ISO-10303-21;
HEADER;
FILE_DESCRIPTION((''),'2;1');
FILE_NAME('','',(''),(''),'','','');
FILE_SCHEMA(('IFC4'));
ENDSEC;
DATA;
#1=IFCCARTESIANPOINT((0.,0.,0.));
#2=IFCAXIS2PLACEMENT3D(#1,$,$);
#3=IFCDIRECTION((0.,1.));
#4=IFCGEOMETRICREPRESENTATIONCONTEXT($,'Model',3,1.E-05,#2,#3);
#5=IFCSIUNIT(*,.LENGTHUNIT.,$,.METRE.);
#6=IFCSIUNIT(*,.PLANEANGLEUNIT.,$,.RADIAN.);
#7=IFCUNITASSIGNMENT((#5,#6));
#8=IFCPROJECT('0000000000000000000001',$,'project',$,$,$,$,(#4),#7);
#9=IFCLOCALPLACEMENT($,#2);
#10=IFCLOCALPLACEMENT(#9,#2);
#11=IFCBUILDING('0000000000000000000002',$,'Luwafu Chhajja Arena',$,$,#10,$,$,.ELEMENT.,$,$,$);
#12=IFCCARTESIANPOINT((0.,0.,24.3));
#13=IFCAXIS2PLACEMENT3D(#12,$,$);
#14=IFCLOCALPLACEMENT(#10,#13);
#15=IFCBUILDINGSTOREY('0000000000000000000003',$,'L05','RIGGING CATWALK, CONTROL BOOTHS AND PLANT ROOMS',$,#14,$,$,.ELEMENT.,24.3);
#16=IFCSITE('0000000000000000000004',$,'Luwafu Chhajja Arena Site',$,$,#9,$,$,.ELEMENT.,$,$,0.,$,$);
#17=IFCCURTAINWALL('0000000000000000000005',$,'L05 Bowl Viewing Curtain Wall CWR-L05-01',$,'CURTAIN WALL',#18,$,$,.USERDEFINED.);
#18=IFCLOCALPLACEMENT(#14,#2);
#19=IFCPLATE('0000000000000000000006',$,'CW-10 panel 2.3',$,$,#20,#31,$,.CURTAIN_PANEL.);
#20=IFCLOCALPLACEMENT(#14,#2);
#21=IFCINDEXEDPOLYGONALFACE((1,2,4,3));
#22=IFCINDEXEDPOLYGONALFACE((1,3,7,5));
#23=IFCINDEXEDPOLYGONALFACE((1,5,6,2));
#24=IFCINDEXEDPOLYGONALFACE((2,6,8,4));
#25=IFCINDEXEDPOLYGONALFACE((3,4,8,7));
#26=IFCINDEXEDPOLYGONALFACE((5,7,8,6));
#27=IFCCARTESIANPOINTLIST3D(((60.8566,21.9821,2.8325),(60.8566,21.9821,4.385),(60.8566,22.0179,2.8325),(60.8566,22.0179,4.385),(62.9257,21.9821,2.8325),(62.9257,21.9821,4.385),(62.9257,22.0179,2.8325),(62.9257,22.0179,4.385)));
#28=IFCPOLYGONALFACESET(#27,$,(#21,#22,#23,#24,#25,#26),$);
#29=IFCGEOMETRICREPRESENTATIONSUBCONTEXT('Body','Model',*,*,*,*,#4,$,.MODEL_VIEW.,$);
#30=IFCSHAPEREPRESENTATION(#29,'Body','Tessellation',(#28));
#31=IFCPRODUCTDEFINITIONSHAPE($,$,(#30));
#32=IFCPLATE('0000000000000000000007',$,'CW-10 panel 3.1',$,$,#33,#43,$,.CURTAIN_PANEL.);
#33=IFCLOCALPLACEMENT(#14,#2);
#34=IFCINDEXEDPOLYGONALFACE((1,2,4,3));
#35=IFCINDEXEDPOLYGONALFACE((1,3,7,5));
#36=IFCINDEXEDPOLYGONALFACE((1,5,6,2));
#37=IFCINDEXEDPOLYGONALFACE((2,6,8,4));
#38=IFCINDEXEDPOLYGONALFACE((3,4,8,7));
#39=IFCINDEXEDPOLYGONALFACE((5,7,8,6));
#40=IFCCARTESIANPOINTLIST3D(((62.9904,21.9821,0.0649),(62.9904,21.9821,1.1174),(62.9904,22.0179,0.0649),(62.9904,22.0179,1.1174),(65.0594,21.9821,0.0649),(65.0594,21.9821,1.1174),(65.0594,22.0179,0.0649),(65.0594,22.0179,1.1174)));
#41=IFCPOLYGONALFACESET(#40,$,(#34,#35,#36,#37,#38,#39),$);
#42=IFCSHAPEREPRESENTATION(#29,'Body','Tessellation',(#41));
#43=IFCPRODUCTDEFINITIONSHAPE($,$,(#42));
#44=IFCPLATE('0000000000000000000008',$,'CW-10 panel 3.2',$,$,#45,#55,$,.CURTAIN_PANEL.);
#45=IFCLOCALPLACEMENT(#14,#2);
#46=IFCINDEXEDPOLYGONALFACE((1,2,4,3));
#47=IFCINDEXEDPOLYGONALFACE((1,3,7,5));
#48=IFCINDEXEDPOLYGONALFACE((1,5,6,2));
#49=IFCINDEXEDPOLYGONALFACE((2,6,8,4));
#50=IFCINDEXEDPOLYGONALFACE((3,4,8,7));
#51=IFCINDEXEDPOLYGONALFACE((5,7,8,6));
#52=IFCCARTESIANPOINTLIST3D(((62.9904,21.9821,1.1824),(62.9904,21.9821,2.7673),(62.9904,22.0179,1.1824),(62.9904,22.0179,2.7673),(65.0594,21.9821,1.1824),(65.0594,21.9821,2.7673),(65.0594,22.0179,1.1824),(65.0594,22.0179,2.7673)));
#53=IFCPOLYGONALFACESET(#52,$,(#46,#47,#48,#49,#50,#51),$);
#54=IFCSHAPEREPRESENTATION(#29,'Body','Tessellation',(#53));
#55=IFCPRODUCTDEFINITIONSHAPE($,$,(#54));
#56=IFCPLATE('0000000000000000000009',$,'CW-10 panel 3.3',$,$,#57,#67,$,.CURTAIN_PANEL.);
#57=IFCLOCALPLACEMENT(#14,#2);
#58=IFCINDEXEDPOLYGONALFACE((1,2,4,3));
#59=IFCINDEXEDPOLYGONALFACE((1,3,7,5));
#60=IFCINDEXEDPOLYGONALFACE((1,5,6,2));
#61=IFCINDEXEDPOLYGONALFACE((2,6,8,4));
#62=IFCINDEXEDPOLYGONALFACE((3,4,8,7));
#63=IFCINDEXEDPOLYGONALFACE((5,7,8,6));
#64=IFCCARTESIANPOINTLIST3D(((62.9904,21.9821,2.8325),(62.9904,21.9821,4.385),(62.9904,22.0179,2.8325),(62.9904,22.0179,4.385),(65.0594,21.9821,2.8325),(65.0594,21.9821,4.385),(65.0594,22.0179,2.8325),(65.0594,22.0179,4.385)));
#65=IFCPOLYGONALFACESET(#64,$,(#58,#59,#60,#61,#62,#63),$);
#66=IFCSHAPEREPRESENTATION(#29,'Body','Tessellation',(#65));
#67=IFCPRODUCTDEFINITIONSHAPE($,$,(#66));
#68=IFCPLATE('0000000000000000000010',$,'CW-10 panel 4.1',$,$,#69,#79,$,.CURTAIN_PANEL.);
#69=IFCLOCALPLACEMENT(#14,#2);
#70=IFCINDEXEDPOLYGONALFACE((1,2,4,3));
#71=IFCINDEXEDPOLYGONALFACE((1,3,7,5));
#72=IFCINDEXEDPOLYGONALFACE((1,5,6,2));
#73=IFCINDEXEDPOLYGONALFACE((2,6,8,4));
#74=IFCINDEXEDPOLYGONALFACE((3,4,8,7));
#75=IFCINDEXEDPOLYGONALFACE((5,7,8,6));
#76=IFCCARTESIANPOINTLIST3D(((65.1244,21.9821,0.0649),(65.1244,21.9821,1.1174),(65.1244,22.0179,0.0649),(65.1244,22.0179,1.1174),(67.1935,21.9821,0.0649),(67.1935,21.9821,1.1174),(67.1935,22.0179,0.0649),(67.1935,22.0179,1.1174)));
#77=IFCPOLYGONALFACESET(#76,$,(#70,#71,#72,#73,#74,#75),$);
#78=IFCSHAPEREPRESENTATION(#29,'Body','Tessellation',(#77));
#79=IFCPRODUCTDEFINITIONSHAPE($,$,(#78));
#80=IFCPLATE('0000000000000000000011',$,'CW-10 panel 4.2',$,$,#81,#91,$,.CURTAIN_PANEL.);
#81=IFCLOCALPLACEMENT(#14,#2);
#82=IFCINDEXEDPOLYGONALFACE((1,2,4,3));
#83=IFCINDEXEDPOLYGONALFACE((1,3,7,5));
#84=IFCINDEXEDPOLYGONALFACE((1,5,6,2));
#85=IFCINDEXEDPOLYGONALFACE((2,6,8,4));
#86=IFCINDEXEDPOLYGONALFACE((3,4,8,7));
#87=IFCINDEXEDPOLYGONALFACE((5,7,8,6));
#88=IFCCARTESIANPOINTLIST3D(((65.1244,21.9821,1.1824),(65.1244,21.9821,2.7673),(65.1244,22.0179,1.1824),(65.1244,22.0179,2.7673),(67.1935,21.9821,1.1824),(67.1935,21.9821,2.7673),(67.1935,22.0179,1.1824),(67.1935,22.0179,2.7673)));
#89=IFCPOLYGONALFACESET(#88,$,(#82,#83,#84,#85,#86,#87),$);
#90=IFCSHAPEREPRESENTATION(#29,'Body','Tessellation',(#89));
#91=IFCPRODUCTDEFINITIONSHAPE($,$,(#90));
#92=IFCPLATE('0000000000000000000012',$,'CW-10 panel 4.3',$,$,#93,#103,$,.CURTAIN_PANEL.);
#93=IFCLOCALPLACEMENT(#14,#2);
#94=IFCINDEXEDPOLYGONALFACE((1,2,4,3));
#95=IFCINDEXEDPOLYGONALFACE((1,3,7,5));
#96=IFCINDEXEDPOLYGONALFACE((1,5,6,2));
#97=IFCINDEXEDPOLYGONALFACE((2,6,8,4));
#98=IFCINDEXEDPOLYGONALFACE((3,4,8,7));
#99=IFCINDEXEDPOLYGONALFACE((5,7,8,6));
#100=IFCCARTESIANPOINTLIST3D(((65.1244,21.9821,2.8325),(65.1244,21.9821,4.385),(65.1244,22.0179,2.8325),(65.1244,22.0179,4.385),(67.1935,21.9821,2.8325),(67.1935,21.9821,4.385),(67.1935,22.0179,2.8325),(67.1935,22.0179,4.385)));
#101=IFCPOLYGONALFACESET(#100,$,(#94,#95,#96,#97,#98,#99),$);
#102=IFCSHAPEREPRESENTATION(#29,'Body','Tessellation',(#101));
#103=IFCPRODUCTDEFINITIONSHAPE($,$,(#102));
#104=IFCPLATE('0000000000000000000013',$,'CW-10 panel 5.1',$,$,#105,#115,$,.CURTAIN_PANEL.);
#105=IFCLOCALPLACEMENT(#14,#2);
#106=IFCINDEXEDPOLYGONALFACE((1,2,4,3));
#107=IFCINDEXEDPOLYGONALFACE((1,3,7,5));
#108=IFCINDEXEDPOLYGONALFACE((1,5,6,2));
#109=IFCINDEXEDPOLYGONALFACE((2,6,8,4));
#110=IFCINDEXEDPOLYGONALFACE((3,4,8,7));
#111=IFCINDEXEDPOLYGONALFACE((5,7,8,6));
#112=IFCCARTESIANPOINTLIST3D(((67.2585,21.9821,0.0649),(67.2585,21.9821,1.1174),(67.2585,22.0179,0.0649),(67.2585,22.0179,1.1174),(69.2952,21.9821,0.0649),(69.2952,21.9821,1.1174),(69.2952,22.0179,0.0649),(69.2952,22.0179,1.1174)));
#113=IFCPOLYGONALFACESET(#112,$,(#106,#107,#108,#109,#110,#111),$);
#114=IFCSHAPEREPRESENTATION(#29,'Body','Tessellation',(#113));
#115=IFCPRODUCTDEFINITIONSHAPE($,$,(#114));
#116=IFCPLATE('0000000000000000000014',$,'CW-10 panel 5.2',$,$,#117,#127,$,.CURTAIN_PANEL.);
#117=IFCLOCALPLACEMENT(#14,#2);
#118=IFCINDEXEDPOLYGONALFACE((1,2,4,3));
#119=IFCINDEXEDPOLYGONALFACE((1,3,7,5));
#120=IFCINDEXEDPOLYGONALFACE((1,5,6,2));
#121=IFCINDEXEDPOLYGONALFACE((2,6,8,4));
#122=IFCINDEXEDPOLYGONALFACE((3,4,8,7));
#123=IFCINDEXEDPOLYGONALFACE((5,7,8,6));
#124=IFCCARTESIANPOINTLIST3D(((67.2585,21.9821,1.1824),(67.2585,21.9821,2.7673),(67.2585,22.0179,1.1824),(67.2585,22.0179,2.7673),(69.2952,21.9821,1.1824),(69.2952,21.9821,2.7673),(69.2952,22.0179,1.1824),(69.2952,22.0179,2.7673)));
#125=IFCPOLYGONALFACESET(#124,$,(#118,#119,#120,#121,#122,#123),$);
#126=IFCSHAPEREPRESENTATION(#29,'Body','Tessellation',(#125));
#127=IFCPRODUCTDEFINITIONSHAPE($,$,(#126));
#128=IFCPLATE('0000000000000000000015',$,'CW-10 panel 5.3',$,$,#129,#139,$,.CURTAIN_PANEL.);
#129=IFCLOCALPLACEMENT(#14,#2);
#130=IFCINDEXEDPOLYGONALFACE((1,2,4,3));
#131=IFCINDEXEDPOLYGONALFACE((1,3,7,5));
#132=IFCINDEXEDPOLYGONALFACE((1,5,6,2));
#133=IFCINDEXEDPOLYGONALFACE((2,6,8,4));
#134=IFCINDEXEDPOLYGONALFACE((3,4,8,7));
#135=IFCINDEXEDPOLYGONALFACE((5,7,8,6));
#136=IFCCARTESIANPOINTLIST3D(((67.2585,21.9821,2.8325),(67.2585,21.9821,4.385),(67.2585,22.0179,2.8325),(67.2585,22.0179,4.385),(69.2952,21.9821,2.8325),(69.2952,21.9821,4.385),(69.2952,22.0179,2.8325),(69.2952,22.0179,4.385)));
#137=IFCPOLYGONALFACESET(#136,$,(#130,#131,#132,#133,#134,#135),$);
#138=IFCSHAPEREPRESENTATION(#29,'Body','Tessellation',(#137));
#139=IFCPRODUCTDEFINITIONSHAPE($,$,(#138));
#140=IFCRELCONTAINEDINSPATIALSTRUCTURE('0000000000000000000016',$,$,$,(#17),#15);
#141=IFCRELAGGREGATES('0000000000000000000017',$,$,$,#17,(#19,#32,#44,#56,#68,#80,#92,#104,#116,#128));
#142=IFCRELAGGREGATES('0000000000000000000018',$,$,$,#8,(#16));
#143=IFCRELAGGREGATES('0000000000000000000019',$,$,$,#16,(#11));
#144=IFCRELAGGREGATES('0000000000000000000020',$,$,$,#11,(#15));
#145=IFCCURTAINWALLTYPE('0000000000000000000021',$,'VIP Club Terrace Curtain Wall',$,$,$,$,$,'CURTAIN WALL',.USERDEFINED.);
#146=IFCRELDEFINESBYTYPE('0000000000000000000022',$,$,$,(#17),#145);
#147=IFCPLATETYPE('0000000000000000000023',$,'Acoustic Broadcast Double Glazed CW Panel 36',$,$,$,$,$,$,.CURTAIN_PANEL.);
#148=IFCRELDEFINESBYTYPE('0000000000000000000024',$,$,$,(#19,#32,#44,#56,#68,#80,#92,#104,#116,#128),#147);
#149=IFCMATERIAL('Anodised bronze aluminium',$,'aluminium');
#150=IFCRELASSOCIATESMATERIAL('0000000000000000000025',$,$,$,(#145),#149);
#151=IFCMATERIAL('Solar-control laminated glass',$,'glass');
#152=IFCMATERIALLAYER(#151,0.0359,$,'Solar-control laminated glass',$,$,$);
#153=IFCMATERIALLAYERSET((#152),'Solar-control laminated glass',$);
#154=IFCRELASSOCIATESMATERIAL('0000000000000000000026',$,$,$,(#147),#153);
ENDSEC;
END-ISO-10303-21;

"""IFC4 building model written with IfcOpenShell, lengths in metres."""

from ifc_helpers import new_model, si_unit, direction, frame, origin, origin_2d, place, context, subcontext, project, spatial, rectangle, extrude, material, layer, layer_set, type_object, element, aggregate, save


model = new_model("IFC4")

# Units and contexts
model_context = context("Model", 3, precision=1e-05, world=origin(), true_north=direction((0.0, 1.0)))
body_context = subcontext(model_context, "Body", "Model", "MODEL_VIEW")
ifc_project = project(units=[si_unit("LENGTHUNIT", "METRE"), si_unit("PLANEANGLEUNIT", "RADIAN")], contexts=[model_context])

# Site, building, storey
site_placement = place(None, origin())
site = spatial("IfcSite", under=ifc_project, at=site_placement, Name="Luwafu Chhajja Arena Site", CompositionType="ELEMENT", RefElevation=0.0)
building_placement = place(site_placement, origin())
building = spatial("IfcBuilding", under=site, at=building_placement, Name="Luwafu Chhajja Arena", CompositionType="ELEMENT")
storey_placement = place(building_placement, frame((0.0, 0.0, 24.3)))
storey = spatial("IfcBuildingStorey", under=building, at=storey_placement, Name="L05", Description="RIGGING CATWALK, CONTROL BOOTHS AND PLANT ROOMS", CompositionType="ELEMENT", Elevation=24.3)

# Curtain wall, plates
ifc_material_1 = material(Name="Anodised bronze aluminium", Category="aluminium")
curtain_wall_type = type_object("IfcCurtainWallType", Name="VIP Club Terrace Curtain Wall", ElementType="CURTAIN WALL", PredefinedType="USERDEFINED", material=ifc_material_1)
curtain_wall_placement = place(storey_placement, origin())
curtain_wall = element("IfcCurtainWall", 1, at=curtain_wall_placement, inside=storey, type_object=curtain_wall_type, Name="L05 Bowl Viewing Curtain Wall CWR-L05-01", ObjectType="CURTAIN WALL", PredefinedType="USERDEFINED")
ifc_material_2 = material(Name="Solar-control laminated glass", Category="glass")
ifc_layer = layer(ifc_material_2, 0.0359, Name="Solar-control laminated glass")
ifc_layer_set = layer_set([ifc_layer], Name="Solar-control laminated glass")
plate_type = type_object("IfcPlateType", Name="Acoustic Broadcast Double Glazed CW Panel 36", PredefinedType="CURTAIN_PANEL", material=ifc_layer_set)
plate_1_placement = place(storey_placement, frame((61.8911, 22.0, 2.8325), z_axis=(0.0, 0.0, 1.0), x_axis=(1.0, 0.0, 0.0)))
plate_1 = element("IfcPlate", 2, at=plate_1_placement, type_object=plate_type, Name="CW-10 panel 2.3", PredefinedType="CURTAIN_PANEL", context=body_context, shape_type="SweptSolid", body=[
    extrude(rectangle(XDim=2.0691, YDim=0.0359, at=origin_2d()), origin(), (0.0, 0.0, 1.0), 1.5525),
])
plate_2_placement = place(storey_placement, frame((64.0249, 22.0, 0.0649), z_axis=(0.0, 0.0, 1.0), x_axis=(1.0, 0.0, 0.0)))
plate_2 = element("IfcPlate", 3, at=plate_2_placement, type_object=plate_type, Name="CW-10 panel 3.1", PredefinedType="CURTAIN_PANEL", context=body_context, shape_type="SweptSolid", body=[
    extrude(rectangle(XDim=2.0691, YDim=0.0359, at=origin_2d()), origin(), (0.0, 0.0, 1.0), 1.0525),
])
plate_3_placement = place(storey_placement, frame((64.0249, 22.0, 1.1824), z_axis=(0.0, 0.0, 1.0), x_axis=(1.0, 0.0, 0.0)))
plate_3 = element("IfcPlate", 4, at=plate_3_placement, type_object=plate_type, Name="CW-10 panel 3.2", PredefinedType="CURTAIN_PANEL", context=body_context, shape_type="SweptSolid", body=[
    extrude(rectangle(XDim=2.0691, YDim=0.0359, at=origin_2d()), origin(), (0.0, 0.0, 1.0), 1.585),
])
plate_4_placement = place(storey_placement, frame((64.0249, 22.0, 2.8325), z_axis=(0.0, 0.0, 1.0), x_axis=(1.0, 0.0, 0.0)))
plate_4 = element("IfcPlate", 5, at=plate_4_placement, type_object=plate_type, Name="CW-10 panel 3.3", PredefinedType="CURTAIN_PANEL", context=body_context, shape_type="SweptSolid", body=[
    extrude(rectangle(XDim=2.0691, YDim=0.0359, at=origin_2d()), origin(), (0.0, 0.0, 1.0), 1.5525),
])
plate_5_placement = place(storey_placement, frame((66.1589, 22.0, 0.0649), z_axis=(0.0, 0.0, 1.0), x_axis=(1.0, 0.0, 0.0)))
plate_5 = element("IfcPlate", 6, at=plate_5_placement, type_object=plate_type, Name="CW-10 panel 4.1", PredefinedType="CURTAIN_PANEL", context=body_context, shape_type="SweptSolid", body=[
    extrude(rectangle(XDim=2.0691, YDim=0.0359, at=origin_2d()), origin(), (0.0, 0.0, 1.0), 1.0525),
])
plate_6_placement = place(storey_placement, frame((66.1589, 22.0, 1.1824), z_axis=(0.0, 0.0, 1.0), x_axis=(1.0, 0.0, 0.0)))
plate_6 = element("IfcPlate", 7, at=plate_6_placement, type_object=plate_type, Name="CW-10 panel 4.2", PredefinedType="CURTAIN_PANEL", context=body_context, shape_type="SweptSolid", body=[
    extrude(rectangle(XDim=2.0691, YDim=0.0359, at=origin_2d()), origin(), (0.0, 0.0, 1.0), 1.585),
])
plate_7_placement = place(storey_placement, frame((66.1589, 22.0, 2.8325), z_axis=(0.0, 0.0, 1.0), x_axis=(1.0, 0.0, 0.0)))
plate_7 = element("IfcPlate", 8, at=plate_7_placement, type_object=plate_type, Name="CW-10 panel 4.3", PredefinedType="CURTAIN_PANEL", context=body_context, shape_type="SweptSolid", body=[
    extrude(rectangle(XDim=2.0691, YDim=0.0359, at=origin_2d()), origin(), (0.0, 0.0, 1.0), 1.5525),
])
plate_8_placement = place(storey_placement, frame((68.2769, 22.0, 0.0649), z_axis=(0.0, 0.0, 1.0), x_axis=(1.0, 0.0, 0.0)))
plate_8 = element("IfcPlate", 9, at=plate_8_placement, type_object=plate_type, Name="CW-10 panel 5.1", PredefinedType="CURTAIN_PANEL", context=body_context, shape_type="SweptSolid", body=[
    extrude(rectangle(XDim=2.0366, YDim=0.0359, at=origin_2d()), origin(), (0.0, 0.0, 1.0), 1.0525),
])
plate_9_placement = place(storey_placement, frame((68.2769, 22.0, 1.1824), z_axis=(0.0, 0.0, 1.0), x_axis=(1.0, 0.0, 0.0)))
plate_9 = element("IfcPlate", 10, at=plate_9_placement, type_object=plate_type, Name="CW-10 panel 5.2", PredefinedType="CURTAIN_PANEL", context=body_context, shape_type="SweptSolid", body=[
    extrude(rectangle(XDim=2.0366, YDim=0.0359, at=origin_2d()), origin(), (0.0, 0.0, 1.0), 1.585),
])
plate_10_placement = place(storey_placement, frame((68.2769, 22.0, 2.8325), z_axis=(0.0, 0.0, 1.0), x_axis=(1.0, 0.0, 0.0)))
plate_10 = element("IfcPlate", 11, at=plate_10_placement, type_object=plate_type, Name="CW-10 panel 5.3", PredefinedType="CURTAIN_PANEL", context=body_context, shape_type="SweptSolid", body=[
    extrude(rectangle(XDim=2.0366, YDim=0.0359, at=origin_2d()), origin(), (0.0, 0.0, 1.0), 1.5525),
])
aggregate(curtain_wall, [plate_1, plate_2, plate_3, plate_4, plate_5, plate_6, plate_7, plate_8, plate_9, plate_10])

save(model, "model.ifc")
